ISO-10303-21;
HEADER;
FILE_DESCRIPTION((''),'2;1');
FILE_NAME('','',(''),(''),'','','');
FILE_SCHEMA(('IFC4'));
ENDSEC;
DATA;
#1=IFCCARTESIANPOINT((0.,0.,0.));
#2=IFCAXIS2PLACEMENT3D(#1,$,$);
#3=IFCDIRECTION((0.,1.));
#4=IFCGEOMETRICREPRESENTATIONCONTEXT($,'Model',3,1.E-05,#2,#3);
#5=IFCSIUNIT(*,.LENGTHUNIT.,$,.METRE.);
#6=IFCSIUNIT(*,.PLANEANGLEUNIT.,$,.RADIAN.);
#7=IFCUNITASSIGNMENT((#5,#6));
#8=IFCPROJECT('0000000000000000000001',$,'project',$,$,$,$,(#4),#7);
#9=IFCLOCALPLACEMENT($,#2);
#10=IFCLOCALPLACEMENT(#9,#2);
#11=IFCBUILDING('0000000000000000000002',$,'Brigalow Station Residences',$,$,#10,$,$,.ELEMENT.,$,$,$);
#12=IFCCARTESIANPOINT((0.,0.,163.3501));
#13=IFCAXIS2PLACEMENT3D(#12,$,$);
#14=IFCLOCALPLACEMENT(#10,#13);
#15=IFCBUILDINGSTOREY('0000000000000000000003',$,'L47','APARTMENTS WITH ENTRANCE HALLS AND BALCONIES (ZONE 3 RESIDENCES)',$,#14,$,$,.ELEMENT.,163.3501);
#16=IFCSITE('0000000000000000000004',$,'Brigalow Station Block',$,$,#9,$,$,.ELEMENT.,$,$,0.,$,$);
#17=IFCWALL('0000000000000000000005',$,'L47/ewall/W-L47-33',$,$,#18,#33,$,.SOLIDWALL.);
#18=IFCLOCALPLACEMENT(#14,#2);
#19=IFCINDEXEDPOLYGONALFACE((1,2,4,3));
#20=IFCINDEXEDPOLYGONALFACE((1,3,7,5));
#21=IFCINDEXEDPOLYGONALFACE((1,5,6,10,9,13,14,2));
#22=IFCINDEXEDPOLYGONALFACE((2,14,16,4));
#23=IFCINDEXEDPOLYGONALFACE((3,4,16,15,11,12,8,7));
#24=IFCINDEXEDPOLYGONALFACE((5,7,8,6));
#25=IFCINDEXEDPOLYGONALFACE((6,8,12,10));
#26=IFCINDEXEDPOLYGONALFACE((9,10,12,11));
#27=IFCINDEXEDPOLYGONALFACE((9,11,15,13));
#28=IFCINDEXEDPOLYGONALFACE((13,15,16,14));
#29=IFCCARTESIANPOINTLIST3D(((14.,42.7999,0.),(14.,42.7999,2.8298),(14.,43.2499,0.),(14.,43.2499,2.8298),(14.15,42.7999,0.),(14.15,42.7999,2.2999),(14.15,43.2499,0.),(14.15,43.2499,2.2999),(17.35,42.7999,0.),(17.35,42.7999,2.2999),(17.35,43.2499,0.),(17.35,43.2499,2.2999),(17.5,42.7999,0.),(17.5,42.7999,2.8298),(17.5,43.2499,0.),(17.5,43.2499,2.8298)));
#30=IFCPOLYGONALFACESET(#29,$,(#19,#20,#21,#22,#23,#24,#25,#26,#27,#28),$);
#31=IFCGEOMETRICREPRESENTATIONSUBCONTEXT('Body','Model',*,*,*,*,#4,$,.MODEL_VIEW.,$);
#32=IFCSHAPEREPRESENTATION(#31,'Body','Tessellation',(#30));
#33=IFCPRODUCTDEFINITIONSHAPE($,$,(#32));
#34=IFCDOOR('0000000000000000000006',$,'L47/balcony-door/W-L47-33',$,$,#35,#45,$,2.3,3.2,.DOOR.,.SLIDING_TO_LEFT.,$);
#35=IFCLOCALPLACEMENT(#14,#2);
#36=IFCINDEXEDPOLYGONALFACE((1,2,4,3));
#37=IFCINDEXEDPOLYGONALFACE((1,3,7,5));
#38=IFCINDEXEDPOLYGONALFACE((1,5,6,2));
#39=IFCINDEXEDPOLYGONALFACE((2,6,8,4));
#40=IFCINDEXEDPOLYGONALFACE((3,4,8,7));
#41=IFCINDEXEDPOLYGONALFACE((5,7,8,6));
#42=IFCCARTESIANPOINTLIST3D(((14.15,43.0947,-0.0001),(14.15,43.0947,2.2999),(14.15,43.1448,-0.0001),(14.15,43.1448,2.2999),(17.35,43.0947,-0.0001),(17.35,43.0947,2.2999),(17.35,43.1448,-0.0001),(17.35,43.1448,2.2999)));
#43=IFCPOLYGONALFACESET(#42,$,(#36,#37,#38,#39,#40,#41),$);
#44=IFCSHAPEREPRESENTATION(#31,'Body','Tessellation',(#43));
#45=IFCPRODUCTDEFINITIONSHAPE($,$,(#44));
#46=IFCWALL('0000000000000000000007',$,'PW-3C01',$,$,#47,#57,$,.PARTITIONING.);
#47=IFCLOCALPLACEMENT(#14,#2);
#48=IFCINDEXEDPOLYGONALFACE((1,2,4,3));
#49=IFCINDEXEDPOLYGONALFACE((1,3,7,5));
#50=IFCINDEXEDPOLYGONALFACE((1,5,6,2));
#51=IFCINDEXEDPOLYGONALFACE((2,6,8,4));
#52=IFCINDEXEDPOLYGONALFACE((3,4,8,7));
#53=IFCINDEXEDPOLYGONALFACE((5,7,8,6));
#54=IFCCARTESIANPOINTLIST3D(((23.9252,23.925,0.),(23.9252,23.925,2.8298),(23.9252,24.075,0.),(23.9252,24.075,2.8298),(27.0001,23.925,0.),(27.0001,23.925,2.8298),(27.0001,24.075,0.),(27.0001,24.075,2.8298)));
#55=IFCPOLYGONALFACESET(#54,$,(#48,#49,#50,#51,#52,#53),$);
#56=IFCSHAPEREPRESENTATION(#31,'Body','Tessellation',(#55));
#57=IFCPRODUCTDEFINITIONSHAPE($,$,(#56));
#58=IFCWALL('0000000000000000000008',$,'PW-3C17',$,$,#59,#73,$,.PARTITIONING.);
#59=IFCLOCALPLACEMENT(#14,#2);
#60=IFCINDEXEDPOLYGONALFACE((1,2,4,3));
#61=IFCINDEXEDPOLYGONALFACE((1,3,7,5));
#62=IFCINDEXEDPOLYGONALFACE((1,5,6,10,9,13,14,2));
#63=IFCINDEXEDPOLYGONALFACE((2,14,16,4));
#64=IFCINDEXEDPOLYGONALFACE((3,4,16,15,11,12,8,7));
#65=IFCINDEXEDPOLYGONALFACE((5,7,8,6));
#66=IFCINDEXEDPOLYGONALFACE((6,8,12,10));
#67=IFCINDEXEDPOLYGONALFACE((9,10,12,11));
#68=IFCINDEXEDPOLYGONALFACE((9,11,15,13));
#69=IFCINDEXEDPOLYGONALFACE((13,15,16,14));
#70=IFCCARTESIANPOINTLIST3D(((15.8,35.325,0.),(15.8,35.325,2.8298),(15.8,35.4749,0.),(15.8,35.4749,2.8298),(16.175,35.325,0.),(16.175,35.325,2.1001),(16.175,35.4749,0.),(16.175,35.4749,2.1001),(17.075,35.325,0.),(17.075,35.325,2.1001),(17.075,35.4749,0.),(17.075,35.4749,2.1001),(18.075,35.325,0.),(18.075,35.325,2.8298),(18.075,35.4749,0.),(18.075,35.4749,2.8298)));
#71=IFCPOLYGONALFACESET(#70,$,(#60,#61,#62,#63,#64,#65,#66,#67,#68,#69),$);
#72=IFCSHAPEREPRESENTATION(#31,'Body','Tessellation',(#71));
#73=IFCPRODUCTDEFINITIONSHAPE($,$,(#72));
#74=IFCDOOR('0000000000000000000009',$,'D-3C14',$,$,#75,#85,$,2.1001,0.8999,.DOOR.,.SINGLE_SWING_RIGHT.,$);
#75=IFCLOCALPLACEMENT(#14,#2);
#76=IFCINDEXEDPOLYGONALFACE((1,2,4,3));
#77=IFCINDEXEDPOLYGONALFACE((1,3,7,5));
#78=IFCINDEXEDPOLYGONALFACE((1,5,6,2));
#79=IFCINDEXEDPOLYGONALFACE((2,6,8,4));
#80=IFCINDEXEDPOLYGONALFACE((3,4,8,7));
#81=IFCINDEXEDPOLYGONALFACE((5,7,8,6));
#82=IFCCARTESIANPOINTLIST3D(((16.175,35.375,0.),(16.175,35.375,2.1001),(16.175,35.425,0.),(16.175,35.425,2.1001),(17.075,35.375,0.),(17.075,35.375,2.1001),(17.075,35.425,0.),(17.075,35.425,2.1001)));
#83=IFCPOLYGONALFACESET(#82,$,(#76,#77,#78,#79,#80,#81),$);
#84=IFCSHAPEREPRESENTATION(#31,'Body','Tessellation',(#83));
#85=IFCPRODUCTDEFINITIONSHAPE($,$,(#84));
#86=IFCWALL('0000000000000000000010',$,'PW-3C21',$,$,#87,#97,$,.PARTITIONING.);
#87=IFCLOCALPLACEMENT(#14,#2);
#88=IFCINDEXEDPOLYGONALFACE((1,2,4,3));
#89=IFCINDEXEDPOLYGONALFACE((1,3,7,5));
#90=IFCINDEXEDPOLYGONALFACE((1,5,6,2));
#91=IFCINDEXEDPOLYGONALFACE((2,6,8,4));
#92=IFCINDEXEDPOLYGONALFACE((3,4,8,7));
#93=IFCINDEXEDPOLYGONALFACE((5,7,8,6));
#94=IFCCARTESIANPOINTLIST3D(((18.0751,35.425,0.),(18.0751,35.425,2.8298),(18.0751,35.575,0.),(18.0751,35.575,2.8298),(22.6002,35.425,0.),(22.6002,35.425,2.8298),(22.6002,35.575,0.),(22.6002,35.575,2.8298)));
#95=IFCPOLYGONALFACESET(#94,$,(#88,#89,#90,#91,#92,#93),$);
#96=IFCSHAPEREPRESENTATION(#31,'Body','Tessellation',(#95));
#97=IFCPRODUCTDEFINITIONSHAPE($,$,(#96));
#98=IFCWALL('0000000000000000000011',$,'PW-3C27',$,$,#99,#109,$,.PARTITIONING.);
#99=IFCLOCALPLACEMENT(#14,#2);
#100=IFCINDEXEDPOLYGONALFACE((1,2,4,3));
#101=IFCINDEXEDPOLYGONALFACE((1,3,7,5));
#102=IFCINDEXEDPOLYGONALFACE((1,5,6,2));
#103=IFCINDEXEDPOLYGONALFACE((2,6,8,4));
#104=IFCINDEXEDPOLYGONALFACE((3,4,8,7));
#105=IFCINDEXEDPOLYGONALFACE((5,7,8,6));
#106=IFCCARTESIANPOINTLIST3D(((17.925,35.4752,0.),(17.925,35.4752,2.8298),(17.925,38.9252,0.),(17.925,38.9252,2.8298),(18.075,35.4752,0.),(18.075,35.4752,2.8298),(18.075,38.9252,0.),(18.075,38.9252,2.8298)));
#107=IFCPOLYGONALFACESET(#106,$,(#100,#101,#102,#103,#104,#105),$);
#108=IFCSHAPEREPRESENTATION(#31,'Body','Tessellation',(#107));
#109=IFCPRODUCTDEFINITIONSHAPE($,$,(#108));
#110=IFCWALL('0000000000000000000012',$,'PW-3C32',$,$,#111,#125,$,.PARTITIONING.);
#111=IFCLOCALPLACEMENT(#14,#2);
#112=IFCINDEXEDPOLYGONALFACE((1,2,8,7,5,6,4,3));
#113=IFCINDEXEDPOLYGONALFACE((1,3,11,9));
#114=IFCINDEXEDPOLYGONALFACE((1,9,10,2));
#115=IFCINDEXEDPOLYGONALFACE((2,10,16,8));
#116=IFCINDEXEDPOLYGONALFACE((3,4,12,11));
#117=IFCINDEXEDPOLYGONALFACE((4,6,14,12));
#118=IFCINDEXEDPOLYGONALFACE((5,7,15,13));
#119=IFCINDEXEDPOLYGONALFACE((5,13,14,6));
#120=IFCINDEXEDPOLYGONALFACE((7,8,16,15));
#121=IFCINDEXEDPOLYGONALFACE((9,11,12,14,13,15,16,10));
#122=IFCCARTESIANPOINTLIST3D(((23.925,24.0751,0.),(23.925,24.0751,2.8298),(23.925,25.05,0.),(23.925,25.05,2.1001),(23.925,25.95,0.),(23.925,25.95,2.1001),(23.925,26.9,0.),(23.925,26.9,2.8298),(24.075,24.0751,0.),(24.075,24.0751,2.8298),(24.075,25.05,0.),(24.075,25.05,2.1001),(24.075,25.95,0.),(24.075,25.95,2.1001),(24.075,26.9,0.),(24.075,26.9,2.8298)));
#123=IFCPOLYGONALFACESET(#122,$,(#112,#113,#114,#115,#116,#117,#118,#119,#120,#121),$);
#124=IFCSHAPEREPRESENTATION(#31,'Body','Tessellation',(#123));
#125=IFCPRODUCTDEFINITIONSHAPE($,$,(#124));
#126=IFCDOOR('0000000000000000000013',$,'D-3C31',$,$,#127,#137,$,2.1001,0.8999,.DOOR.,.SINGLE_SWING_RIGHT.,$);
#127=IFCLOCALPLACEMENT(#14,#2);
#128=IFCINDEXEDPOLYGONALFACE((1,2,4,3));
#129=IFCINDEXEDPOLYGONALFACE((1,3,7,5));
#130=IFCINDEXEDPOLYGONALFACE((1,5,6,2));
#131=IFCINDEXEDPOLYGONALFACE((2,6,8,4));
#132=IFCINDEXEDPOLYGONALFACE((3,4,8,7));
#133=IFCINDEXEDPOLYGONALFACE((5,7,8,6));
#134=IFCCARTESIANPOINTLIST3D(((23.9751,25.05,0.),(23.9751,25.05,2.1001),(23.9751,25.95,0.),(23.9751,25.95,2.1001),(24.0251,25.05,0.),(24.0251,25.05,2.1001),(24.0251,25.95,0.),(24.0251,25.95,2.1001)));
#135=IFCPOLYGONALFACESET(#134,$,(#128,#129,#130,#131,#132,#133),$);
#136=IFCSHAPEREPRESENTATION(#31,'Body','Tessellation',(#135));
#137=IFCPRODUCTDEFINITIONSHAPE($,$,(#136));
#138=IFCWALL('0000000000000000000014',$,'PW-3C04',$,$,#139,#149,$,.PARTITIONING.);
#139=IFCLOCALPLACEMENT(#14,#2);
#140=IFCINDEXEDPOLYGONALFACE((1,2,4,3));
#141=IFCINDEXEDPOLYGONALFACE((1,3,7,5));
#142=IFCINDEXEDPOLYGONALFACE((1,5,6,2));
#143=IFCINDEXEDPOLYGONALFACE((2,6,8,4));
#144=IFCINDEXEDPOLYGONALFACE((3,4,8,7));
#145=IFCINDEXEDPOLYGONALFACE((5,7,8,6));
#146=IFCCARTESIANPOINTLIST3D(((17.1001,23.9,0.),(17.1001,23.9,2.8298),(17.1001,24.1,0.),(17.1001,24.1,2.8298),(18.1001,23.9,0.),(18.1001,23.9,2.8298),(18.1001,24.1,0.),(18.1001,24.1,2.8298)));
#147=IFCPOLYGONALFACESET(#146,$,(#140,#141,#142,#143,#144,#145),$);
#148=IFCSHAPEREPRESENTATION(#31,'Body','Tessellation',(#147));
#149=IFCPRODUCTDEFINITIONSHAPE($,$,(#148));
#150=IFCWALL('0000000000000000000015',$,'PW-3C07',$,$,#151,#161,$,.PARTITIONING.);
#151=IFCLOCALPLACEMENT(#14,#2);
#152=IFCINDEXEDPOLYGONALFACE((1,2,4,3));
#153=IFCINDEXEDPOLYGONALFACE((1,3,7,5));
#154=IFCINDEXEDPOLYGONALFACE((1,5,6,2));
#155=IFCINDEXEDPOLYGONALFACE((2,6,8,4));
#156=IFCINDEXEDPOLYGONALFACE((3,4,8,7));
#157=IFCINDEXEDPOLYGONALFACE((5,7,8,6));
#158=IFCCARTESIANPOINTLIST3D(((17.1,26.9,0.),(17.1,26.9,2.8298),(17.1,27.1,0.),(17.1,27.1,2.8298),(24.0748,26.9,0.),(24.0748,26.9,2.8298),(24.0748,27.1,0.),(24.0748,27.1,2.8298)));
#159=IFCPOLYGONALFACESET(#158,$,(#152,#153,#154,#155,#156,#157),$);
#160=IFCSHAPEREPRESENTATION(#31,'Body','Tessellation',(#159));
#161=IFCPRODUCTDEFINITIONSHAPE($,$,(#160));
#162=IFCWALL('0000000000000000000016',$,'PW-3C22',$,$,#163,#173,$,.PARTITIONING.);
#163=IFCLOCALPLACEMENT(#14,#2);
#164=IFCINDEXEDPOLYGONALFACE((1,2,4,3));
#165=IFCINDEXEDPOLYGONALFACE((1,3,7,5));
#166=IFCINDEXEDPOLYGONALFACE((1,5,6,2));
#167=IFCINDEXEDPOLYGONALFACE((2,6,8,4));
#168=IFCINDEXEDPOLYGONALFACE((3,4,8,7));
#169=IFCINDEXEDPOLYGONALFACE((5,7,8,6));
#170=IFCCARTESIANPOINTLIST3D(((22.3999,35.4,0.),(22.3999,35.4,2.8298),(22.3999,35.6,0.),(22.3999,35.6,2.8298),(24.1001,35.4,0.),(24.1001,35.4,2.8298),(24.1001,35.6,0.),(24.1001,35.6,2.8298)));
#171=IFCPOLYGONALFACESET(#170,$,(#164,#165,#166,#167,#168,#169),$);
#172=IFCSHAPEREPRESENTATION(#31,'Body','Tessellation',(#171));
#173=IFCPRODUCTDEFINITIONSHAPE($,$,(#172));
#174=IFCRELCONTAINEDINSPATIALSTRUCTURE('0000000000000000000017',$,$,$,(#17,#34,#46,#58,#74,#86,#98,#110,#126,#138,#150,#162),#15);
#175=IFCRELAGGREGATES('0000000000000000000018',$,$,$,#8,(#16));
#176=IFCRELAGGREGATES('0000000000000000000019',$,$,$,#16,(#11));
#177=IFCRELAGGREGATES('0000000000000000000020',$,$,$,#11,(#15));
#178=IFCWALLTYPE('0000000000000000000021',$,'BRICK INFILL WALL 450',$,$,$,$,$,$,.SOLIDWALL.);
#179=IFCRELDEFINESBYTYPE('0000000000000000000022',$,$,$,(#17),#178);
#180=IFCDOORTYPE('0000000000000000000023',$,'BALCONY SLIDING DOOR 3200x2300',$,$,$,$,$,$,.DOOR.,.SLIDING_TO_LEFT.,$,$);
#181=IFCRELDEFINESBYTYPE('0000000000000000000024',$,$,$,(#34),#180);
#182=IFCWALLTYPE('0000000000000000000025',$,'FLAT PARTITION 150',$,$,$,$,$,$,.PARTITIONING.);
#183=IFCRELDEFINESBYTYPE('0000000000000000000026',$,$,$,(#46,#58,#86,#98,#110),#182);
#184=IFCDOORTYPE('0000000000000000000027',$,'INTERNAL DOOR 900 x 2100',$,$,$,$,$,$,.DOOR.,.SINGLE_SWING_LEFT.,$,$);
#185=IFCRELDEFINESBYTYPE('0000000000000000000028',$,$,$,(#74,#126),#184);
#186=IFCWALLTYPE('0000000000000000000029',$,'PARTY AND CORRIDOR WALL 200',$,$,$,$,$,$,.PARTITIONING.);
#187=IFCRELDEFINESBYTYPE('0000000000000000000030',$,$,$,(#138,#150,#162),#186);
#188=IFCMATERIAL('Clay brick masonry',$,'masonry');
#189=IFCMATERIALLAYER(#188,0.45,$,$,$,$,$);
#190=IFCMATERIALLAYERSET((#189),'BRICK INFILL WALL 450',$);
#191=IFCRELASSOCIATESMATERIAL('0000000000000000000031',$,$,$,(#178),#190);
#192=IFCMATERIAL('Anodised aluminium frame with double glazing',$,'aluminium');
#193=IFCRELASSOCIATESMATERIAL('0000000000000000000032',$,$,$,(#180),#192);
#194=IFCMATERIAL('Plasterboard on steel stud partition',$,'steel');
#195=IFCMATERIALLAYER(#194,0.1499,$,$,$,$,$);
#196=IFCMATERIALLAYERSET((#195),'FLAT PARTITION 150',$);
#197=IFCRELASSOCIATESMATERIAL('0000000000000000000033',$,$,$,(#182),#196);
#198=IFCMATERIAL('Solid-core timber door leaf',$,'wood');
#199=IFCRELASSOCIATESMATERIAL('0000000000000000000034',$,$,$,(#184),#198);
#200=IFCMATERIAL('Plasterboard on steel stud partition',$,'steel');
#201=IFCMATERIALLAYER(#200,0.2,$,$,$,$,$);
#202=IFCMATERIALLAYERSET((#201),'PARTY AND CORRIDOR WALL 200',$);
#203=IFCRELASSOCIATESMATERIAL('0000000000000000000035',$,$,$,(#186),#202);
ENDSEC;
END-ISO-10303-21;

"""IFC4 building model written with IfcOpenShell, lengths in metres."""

from ifc_helpers import new_model, si_unit, direction, frame, frame_2d, origin, place, context, subcontext, project, spatial, rectangle, extrude, material, layer, layer_set, type_object, element, fill, save


model = new_model("IFC4")

# Units and contexts
model_context = context("Model", 3, precision=1e-05, world=origin(), true_north=direction((0.0, 1.0)))
body_context = subcontext(model_context, "Body", "Model", "MODEL_VIEW")
ifc_project = project(units=[si_unit("LENGTHUNIT", "METRE"), si_unit("PLANEANGLEUNIT", "RADIAN")], contexts=[model_context])

# Site, building, storey
site_placement = place(None, origin())
site = spatial("IfcSite", under=ifc_project, at=site_placement, Name="Brigalow Station Block", CompositionType="ELEMENT", RefElevation=0.0)
building_placement = place(site_placement, origin())
building = spatial("IfcBuilding", under=site, at=building_placement, Name="Brigalow Station Residences", CompositionType="ELEMENT")
storey_placement = place(building_placement, frame((0.0, 0.0, 163.3501)))
storey = spatial("IfcBuildingStorey", under=building, at=storey_placement, Name="L47", Description="APARTMENTS WITH ENTRANCE HALLS AND BALCONIES (ZONE 3 RESIDENCES)", CompositionType="ELEMENT", Elevation=163.3501)

# Shared definitions
ifc_material_1 = material(Name="Clay brick masonry", Category="masonry")
ifc_layer_1 = layer(ifc_material_1, 0.45)
ifc_layer_set_1 = layer_set([ifc_layer_1], Name="BRICK INFILL WALL 450")
wall_type_1 = type_object("IfcWallType", Name="BRICK INFILL WALL 450", PredefinedType="SOLIDWALL", material=ifc_layer_set_1)

# Wall, opening, door
wall_1_placement = place(storey_placement, frame((17.5, 43.0249, 0.0), z_axis=(0.0, 0.0, 1.0), x_axis=(-1.0, 0.0, 0.0)))
wall_1 = element("IfcWall", 1, at=wall_1_placement, inside=storey, type_object=wall_type_1, Name="L47/ewall/W-L47-33", PredefinedType="SOLIDWALL", context=body_context, shape_type="SweptSolid", body=[
    extrude(rectangle(XDim=3.5, YDim=0.45, at=frame_2d((1.75, 0.0))), origin(), (0.0, 0.0, 1.0), 2.8298),
])
opening_1_placement = place(wall_1_placement, frame((0.1499, 0.0, 0.0)))
opening_1 = element("IfcOpeningElement", 2, at=opening_1_placement, cuts=wall_1, PredefinedType="OPENING", context=body_context, shape_type="SweptSolid", body=[
    extrude(rectangle(XDim=3.2, YDim=2.3, at=frame_2d((1.6001, 1.1499))), frame((0.0, 0.2349, 0.0), z_axis=(0.0, -1.0, 0.0), x_axis=(1.0, 0.0, 0.0)), (0.0, 0.0, 1.0), 0.47),
])
ifc_material_2 = material(Name="Anodised aluminium frame with double glazing", Category="aluminium")
door_type_1 = type_object("IfcDoorType", Name="BALCONY SLIDING DOOR 3200x2300", OperationType="SLIDING_TO_LEFT", PredefinedType="DOOR", material=ifc_material_2)
door_1_placement = place(opening_1_placement, origin())
door_1 = element("IfcDoor", 3, at=door_1_placement, inside=storey, type_object=door_type_1, Name="L47/balcony-door/W-L47-33", OperationType="SLIDING_TO_LEFT", OverallHeight=2.3, OverallWidth=3.2, PredefinedType="DOOR", context=body_context, shape_type="SweptSolid", body=[
    extrude(rectangle(XDim=3.2, YDim=2.3, at=frame_2d((1.6001, 1.1499))), frame((0.0, -0.0698, 0.0), z_axis=(0.0, -1.0, 0.0), x_axis=(1.0, 0.0, 0.0)), (0.0, 0.0, 1.0), 0.05),
])
fill(opening_1, door_1)

# Wall
ifc_material_3 = material(Name="Plasterboard on steel stud partition", Category="steel")
ifc_layer_2 = layer(ifc_material_3, 0.1499)
ifc_layer_set_2 = layer_set([ifc_layer_2], Name="FLAT PARTITION 150")
wall_type_2 = type_object("IfcWallType", Name="FLAT PARTITION 150", PredefinedType="PARTITIONING", material=ifc_layer_set_2)
wall_2_placement = place(storey_placement, frame((23.925, 24.0, 0.0), z_axis=(0.0, 0.0, 1.0), x_axis=(1.0, 0.0, 0.0)))
element("IfcWall", 4, at=wall_2_placement, inside=storey, type_object=wall_type_2, Name="PW-3C01", PredefinedType="PARTITIONING", context=body_context, shape_type="SweptSolid", body=[
    extrude(rectangle(XDim=3.075, YDim=0.1499, at=frame_2d((1.5376, 0.0))), origin(), (0.0, 0.0, 1.0), 2.8298),
])

# Wall, opening, door
wall_3_placement = place(storey_placement, frame((15.8, 35.3999, 0.0), z_axis=(0.0, 0.0, 1.0), x_axis=(1.0, 0.0, 0.0)))
wall_3 = element("IfcWall", 5, at=wall_3_placement, inside=storey, type_object=wall_type_2, Name="PW-3C17", PredefinedType="PARTITIONING", context=body_context, shape_type="SweptSolid", body=[
    extrude(rectangle(XDim=2.2749, YDim=0.1499, at=frame_2d((1.1375, 0.0))), origin(), (0.0, 0.0, 1.0), 2.8298),
])
opening_2_placement = place(wall_3_placement, frame((0.375, 0.0, 0.0)))
opening_2 = element("IfcOpeningElement", 6, at=opening_2_placement, cuts=wall_3, PredefinedType="OPENING", context=body_context, shape_type="SweptSolid", body=[
    extrude(rectangle(XDim=0.8999, YDim=2.1001, at=frame_2d((0.45, 1.05))), frame((0.0, 0.085, 0.0), z_axis=(0.0, -1.0, 0.0), x_axis=(1.0, 0.0, 0.0)), (0.0, 0.0, 1.0), 0.1699),
])
ifc_material_4 = material(Name="Solid-core timber door leaf", Category="wood")
door_type_2 = type_object("IfcDoorType", Name="INTERNAL DOOR 900 x 2100", OperationType="SINGLE_SWING_LEFT", PredefinedType="DOOR", material=ifc_material_4)
door_2_placement = place(opening_2_placement, frame((0.8999, 0.0, 0.0), z_axis=(0.0, 0.0, 1.0), x_axis=(-1.0, 0.0, 0.0)))
door_2 = element("IfcDoor", 7, at=door_2_placement, inside=storey, type_object=door_type_2, Name="D-3C14", OperationType="SINGLE_SWING_RIGHT", OverallHeight=2.1001, OverallWidth=0.8999, PredefinedType="DOOR", context=body_context, shape_type="SweptSolid", body=[
    extrude(rectangle(XDim=0.8999, YDim=2.1001, at=frame_2d((0.45, 1.05))), frame((0.0, 0.0249, 0.0), z_axis=(0.0, -1.0, 0.0), x_axis=(1.0, 0.0, 0.0)), (0.0, 0.0, 1.0), 0.05),
])
fill(opening_2, door_2)

# Walls
wall_4_placement = place(storey_placement, frame((18.075, 35.5, 0.0), z_axis=(0.0, 0.0, 1.0), x_axis=(1.0, 0.0, 0.0)))
element("IfcWall", 8, at=wall_4_placement, inside=storey, type_object=wall_type_2, Name="PW-3C21", PredefinedType="PARTITIONING", context=body_context, shape_type="SweptSolid", body=[
    extrude(rectangle(XDim=4.5251, YDim=0.1499, at=frame_2d((2.2627, 0.0))), origin(), (0.0, 0.0, 1.0), 2.8298),
])
wall_5_placement = place(storey_placement, frame((18.0, 35.4751, 0.0), z_axis=(0.0, 0.0, 1.0), x_axis=(0.0, 1.0, 0.0)))
element("IfcWall", 9, at=wall_5_placement, inside=storey, type_object=wall_type_2, Name="PW-3C27", PredefinedType="PARTITIONING", context=body_context, shape_type="SweptSolid", body=[
    extrude(rectangle(XDim=3.45, YDim=0.1499, at=frame_2d((1.7251, 0.0))), origin(), (0.0, 0.0, 1.0), 2.8298),
])

# Wall, opening, door
wall_6_placement = place(storey_placement, frame((24.0, 24.075, 0.0), z_axis=(0.0, 0.0, 1.0), x_axis=(0.0, 1.0, 0.0)))
wall_6 = element("IfcWall", 10, at=wall_6_placement, inside=storey, type_object=wall_type_2, Name="PW-3C32", PredefinedType="PARTITIONING", context=body_context, shape_type="SweptSolid", body=[
    extrude(rectangle(XDim=2.825, YDim=0.1499, at=frame_2d((1.4126, 0.0))), origin(), (0.0, 0.0, 1.0), 2.8298),
])
opening_3_placement = place(wall_6_placement, frame((0.9751, 0.0, 0.0)))
opening_3 = element("IfcOpeningElement", 11, at=opening_3_placement, cuts=wall_6, PredefinedType="OPENING", context=body_context, shape_type="SweptSolid", body=[
    extrude(rectangle(XDim=0.8999, YDim=2.1001, at=frame_2d((0.45, 1.05))), frame((0.0, 0.085, 0.0), z_axis=(0.0, -1.0, 0.0), x_axis=(1.0, 0.0, 0.0)), (0.0, 0.0, 1.0), 0.1699),
])
door_3_placement = place(opening_3_placement, origin())
door_3 = element("IfcDoor", 12, at=door_3_placement, inside=storey, type_object=door_type_2, Name="D-3C31", OperationType="SINGLE_SWING_RIGHT", OverallHeight=2.1001, OverallWidth=0.8999, PredefinedType="DOOR", context=body_context, shape_type="SweptSolid", body=[
    extrude(rectangle(XDim=0.8999, YDim=2.1001, at=frame_2d((0.45, 1.05))), frame((0.0, 0.0249, 0.0), z_axis=(0.0, -1.0, 0.0), x_axis=(1.0, 0.0, 0.0)), (0.0, 0.0, 1.0), 0.05),
])
fill(opening_3, door_3)

# Walls
ifc_material_5 = material(Name="Plasterboard on steel stud partition", Category="steel")
ifc_layer_3 = layer(ifc_material_5, 0.2)
ifc_layer_set_3 = layer_set([ifc_layer_3], Name="PARTY AND CORRIDOR WALL 200")
wall_type_3 = type_object("IfcWallType", Name="PARTY AND CORRIDOR WALL 200", PredefinedType="PARTITIONING", material=ifc_layer_set_3)
wall_7_placement = place(storey_placement, frame((17.1001, 24.0, 0.0), z_axis=(0.0, 0.0, 1.0), x_axis=(1.0, 0.0, 0.0)))
element("IfcWall", 13, at=wall_7_placement, inside=storey, type_object=wall_type_3, Name="PW-3C04", PredefinedType="PARTITIONING", context=body_context, shape_type="SweptSolid", body=[
    extrude(rectangle(XDim=1.0, YDim=0.2, at=frame_2d((0.5, 0.0))), origin(), (0.0, 0.0, 1.0), 2.8298),
])
wall_8_placement = place(storey_placement, frame((17.1001, 27.0, 0.0), z_axis=(0.0, 0.0, 1.0), x_axis=(1.0, 0.0, 0.0)))
element("IfcWall", 14, at=wall_8_placement, inside=storey, type_object=wall_type_3, Name="PW-3C07", PredefinedType="PARTITIONING", context=body_context, shape_type="SweptSolid", body=[
    extrude(rectangle(XDim=6.9749, YDim=0.2, at=frame_2d((3.4873, 0.0))), origin(), (0.0, 0.0, 1.0), 2.8298),
])
wall_9_placement = place(storey_placement, frame((22.3999, 35.5, 0.0), z_axis=(0.0, 0.0, 1.0), x_axis=(1.0, 0.0, 0.0)))
element("IfcWall", 15, at=wall_9_placement, inside=storey, type_object=wall_type_3, Name="PW-3C22", PredefinedType="PARTITIONING", context=body_context, shape_type="SweptSolid", body=[
    extrude(rectangle(XDim=1.7002, YDim=0.2, at=frame_2d((0.8501, 0.0))), origin(), (0.0, 0.0, 1.0), 2.8298),
])

save(model, "model.ifc")
